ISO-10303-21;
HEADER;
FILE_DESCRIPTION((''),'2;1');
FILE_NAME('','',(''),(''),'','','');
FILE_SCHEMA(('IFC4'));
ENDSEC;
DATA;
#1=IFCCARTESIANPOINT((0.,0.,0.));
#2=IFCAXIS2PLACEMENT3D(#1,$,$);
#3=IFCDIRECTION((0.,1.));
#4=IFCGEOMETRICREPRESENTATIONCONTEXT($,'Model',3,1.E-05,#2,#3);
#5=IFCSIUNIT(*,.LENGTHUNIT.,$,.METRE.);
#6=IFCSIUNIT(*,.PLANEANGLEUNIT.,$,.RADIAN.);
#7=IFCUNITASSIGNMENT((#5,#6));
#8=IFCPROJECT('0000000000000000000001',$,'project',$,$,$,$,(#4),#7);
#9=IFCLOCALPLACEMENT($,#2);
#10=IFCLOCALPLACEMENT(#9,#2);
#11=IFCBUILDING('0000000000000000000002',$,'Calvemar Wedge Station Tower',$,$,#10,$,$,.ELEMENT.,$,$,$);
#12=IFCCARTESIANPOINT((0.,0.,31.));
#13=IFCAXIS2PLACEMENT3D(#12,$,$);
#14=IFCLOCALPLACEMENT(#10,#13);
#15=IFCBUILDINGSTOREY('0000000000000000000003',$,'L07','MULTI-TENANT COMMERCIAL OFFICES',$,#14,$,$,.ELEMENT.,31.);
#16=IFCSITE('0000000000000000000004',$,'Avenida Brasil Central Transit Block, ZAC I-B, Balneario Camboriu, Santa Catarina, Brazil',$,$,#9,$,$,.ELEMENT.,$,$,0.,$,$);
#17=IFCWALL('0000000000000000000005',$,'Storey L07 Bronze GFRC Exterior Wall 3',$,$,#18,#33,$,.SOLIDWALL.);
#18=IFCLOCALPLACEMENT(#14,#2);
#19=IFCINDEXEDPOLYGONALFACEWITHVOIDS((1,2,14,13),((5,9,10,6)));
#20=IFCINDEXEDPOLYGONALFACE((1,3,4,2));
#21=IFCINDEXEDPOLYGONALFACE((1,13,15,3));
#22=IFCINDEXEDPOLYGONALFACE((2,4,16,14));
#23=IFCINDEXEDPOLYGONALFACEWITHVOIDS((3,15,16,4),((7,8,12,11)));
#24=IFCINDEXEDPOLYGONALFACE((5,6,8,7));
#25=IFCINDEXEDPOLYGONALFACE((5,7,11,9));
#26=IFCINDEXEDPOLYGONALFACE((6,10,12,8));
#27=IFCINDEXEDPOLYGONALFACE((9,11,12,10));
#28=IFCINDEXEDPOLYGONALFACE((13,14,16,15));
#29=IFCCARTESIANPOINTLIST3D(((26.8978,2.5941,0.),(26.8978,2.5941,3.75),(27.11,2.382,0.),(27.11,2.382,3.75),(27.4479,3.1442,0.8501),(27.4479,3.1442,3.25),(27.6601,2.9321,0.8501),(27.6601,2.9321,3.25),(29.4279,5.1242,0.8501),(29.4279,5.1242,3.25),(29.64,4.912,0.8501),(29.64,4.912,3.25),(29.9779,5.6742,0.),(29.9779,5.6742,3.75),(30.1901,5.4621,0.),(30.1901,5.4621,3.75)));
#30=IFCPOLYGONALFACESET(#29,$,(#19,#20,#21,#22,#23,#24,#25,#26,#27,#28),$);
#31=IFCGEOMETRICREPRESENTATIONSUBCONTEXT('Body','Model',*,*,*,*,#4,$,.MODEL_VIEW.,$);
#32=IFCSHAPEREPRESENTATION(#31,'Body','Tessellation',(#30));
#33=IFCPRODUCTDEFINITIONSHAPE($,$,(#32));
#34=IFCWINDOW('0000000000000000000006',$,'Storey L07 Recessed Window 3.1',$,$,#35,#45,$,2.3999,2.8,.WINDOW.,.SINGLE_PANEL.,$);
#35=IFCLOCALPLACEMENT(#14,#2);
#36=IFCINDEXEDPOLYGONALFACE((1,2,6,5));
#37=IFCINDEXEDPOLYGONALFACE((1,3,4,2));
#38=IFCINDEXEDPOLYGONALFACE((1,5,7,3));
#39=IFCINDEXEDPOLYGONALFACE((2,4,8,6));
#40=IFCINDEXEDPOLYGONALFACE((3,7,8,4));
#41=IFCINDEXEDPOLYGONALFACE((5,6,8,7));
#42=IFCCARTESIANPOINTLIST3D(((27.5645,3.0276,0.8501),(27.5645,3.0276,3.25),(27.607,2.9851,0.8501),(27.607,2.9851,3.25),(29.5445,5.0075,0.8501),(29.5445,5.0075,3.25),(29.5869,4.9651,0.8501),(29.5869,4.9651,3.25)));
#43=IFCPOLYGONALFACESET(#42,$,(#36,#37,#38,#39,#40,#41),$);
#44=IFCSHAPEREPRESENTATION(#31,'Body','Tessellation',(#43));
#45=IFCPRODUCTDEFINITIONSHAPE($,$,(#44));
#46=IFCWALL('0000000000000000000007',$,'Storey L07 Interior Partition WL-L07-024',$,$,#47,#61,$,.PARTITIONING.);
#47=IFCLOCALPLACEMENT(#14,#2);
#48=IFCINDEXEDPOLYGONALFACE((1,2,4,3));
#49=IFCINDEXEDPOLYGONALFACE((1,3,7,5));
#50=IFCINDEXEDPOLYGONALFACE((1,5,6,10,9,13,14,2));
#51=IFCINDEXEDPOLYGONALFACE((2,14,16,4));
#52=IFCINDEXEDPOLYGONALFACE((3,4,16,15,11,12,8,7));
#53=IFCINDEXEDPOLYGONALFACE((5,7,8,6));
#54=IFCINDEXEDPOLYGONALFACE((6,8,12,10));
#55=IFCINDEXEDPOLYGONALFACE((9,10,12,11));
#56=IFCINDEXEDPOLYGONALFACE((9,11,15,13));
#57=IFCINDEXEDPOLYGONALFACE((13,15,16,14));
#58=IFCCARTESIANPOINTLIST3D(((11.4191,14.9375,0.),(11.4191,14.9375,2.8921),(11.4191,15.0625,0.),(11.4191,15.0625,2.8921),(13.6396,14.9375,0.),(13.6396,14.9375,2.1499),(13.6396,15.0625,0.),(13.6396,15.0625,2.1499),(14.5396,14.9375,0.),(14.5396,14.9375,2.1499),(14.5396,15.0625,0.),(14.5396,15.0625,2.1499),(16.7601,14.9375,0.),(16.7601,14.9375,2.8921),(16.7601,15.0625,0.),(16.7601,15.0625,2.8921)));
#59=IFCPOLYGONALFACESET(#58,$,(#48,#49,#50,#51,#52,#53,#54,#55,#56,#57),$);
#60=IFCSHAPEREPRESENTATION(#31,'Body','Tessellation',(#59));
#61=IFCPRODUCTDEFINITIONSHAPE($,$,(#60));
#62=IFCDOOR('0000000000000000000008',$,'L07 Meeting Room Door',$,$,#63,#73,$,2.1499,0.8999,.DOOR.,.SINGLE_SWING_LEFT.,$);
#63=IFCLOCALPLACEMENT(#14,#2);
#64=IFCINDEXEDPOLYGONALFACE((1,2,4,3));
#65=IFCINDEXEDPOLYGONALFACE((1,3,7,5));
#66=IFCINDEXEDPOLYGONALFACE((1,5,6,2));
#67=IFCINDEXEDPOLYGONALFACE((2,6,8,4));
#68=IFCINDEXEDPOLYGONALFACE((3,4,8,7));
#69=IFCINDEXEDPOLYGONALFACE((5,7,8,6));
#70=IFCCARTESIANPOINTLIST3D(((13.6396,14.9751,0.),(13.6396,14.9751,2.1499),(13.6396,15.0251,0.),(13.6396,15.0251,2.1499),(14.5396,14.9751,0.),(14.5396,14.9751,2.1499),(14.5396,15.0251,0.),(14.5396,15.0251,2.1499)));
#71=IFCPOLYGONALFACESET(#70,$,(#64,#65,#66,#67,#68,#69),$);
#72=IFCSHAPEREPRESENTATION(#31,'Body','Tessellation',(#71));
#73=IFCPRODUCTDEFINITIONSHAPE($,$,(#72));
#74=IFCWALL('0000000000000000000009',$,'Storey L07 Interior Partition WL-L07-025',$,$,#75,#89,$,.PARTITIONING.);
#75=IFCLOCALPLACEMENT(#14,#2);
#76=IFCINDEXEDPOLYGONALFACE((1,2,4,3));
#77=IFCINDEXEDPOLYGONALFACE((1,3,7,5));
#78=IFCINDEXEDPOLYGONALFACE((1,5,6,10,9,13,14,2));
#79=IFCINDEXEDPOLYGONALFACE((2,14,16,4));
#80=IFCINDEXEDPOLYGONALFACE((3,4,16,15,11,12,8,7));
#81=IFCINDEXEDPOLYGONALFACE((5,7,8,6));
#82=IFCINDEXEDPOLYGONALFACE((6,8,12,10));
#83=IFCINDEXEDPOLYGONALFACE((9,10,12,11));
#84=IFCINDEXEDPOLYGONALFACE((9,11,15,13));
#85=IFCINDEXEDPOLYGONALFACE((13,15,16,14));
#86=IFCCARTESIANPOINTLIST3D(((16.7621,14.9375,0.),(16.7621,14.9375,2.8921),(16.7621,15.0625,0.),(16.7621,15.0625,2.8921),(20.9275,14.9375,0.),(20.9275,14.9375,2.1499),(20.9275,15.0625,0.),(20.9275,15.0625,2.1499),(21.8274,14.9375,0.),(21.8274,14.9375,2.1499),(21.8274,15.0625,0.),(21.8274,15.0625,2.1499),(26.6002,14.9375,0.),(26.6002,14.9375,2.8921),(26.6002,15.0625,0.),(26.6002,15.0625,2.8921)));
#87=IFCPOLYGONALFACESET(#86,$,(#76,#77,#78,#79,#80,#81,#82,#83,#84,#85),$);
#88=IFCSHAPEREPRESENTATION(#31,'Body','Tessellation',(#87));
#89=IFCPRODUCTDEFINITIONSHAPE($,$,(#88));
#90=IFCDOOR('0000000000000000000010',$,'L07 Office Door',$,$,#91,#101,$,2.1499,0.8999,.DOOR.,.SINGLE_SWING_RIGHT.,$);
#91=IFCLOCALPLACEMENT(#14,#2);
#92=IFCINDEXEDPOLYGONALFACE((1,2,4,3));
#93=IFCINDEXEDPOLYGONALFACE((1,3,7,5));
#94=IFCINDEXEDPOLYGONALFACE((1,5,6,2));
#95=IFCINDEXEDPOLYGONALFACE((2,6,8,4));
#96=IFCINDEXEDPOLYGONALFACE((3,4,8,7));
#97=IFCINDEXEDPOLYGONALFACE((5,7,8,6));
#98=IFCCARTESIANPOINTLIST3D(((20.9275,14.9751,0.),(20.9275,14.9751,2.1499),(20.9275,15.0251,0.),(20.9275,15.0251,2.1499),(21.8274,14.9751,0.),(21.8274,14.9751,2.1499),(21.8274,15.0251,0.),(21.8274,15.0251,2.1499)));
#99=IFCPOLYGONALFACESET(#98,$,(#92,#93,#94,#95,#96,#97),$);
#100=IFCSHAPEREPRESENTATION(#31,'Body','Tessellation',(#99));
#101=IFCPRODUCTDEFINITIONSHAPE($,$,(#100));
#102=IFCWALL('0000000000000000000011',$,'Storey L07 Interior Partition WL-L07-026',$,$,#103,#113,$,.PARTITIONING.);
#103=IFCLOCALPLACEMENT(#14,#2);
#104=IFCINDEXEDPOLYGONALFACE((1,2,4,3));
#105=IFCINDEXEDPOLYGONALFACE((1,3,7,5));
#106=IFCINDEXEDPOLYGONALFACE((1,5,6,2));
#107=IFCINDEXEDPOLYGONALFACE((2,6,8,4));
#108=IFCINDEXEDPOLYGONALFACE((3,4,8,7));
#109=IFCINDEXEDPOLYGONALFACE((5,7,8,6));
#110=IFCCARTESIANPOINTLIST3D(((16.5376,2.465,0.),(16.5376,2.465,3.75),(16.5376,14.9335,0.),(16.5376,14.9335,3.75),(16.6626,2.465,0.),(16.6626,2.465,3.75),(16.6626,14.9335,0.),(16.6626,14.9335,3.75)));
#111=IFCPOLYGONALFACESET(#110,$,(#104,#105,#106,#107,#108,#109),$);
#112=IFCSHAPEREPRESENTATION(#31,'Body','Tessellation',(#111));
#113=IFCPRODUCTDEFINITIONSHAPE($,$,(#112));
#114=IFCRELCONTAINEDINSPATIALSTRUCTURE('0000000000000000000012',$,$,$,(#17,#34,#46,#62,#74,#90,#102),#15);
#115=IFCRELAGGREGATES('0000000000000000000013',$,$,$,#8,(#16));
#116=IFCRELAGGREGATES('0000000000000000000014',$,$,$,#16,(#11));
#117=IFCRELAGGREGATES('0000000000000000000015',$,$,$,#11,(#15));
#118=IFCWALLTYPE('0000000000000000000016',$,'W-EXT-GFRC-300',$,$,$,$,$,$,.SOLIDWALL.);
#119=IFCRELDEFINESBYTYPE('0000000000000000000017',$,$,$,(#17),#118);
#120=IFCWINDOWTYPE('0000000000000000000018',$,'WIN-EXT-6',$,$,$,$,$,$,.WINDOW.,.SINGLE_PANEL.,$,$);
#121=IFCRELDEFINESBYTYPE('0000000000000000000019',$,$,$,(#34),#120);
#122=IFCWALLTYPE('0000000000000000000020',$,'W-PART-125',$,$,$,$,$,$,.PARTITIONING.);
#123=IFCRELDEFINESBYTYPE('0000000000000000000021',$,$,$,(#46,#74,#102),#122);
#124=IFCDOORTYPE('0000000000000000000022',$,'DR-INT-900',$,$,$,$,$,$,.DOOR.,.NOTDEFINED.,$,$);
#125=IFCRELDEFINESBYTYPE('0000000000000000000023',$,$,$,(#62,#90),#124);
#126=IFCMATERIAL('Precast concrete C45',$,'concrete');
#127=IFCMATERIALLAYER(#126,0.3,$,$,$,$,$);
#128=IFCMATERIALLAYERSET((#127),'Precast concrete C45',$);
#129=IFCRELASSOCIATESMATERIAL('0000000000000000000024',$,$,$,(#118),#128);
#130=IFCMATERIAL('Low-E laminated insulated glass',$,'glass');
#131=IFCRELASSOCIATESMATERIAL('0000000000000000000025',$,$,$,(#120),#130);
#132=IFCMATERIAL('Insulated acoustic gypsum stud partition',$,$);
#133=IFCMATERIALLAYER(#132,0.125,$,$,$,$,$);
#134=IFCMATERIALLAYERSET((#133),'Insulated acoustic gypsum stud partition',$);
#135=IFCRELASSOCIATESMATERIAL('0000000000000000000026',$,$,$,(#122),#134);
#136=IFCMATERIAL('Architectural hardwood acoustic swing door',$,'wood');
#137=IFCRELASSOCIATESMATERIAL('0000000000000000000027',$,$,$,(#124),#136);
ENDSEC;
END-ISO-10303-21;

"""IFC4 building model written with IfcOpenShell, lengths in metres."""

from ifc_helpers import new_model, si_unit, direction, frame, frame_2d, origin, place, context, subcontext, project, spatial, rectangle, extrude, source, transform, mapped, material, layer, layer_set, type_object, element, fill, save


model = new_model("IFC4")

# Units and contexts
model_context = context("Model", 3, precision=1e-05, world=origin(), true_north=direction((0.0, 1.0)))
body_context = subcontext(model_context, "Body", "Model", "MODEL_VIEW")
ifc_project = project(units=[si_unit("LENGTHUNIT", "METRE"), si_unit("PLANEANGLEUNIT", "RADIAN")], contexts=[model_context])

# Site, building, storey
site_placement = place(None, origin())
site = spatial("IfcSite", under=ifc_project, at=site_placement, Name="Avenida Brasil Central Transit Block, ZAC I-B, Balneario Camboriu, Santa Catarina, Brazil", CompositionType="ELEMENT", RefElevation=0.0)
building_placement = place(site_placement, origin())
building = spatial("IfcBuilding", under=site, at=building_placement, Name="Calvemar Wedge Station Tower", CompositionType="ELEMENT")
storey_placement = place(building_placement, frame((0.0, 0.0, 31.0)))
storey = spatial("IfcBuildingStorey", under=building, at=storey_placement, Name="L07", Description="MULTI-TENANT COMMERCIAL OFFICES", CompositionType="ELEMENT", Elevation=31.0)

# Shared definitions
ifc_material_1 = material(Name="Precast concrete C45", Category="concrete")
ifc_layer_1 = layer(ifc_material_1, 0.3)
ifc_layer_set_1 = layer_set([ifc_layer_1], Name="Precast concrete C45")
wall_type_1 = type_object("IfcWallType", Name="W-EXT-GFRC-300", PredefinedType="SOLIDWALL", material=ifc_layer_set_1)
shared_shape_1 = source(origin(), body_context, "Body", "SweptSolid", [
    extrude(rectangle(XDim=2.8, YDim=2.3999, at=frame_2d((1.3999, 1.2))), frame((0.0, 0.1602, 0.0), z_axis=(0.0, -1.0, 0.0), x_axis=(1.0, 0.0, 0.0)), (0.0, 0.0, 1.0), 0.3201),
])
ifc_material_2 = material(Name="Low-E laminated insulated glass", Category="glass")
window_type_1 = type_object("IfcWindowType", Name="WIN-EXT-6", PartitioningType="SINGLE_PANEL", PredefinedType="WINDOW", material=ifc_material_2)
shared_shape_2 = source(origin(), body_context, "Body", "SweptSolid", [
    extrude(rectangle(XDim=2.8, YDim=2.3999, at=frame_2d((1.3999, 1.2))), frame((0.0, -0.0149, 0.0), z_axis=(0.0, -1.0, 0.0), x_axis=(1.0, 0.0, 0.0)), (0.0, 0.0, 1.0), 0.0601),
])

# Wall, opening, window
wall_1_placement = place(storey_placement, frame((27.0039, 2.488, 0.0), z_axis=(0.0, 0.0, 1.0), x_axis=(0.707107, 0.707107, 0.0)))
wall_1 = element("IfcWall", 1, at=wall_1_placement, inside=storey, type_object=wall_type_1, Name="Storey L07 Bronze GFRC Exterior Wall 3", PredefinedType="SOLIDWALL", context=body_context, shape_type="SweptSolid", body=[
    extrude(rectangle(XDim=4.356, YDim=0.3, at=frame_2d((2.178, 0.0))), origin(), (0.0, 0.0, 1.0), 3.75),
])
opening_1_placement = place(wall_1_placement, frame((0.7781, 0.0, 0.8501)))
opening_1 = element("IfcOpeningElement", 2, at=opening_1_placement, cuts=wall_1, PredefinedType="OPENING", context=body_context, shape_type="MappedRepresentation", body=[
    mapped(shared_shape_1, transform((0.0, 0.0, 0.0), scale=1.0)),
])
window_1_placement = place(opening_1_placement, origin())
window_1 = element("IfcWindow", 3, at=window_1_placement, inside=storey, type_object=window_type_1, Name="Storey L07 Recessed Window 3.1", OverallHeight=2.3999, OverallWidth=2.8, PartitioningType="SINGLE_PANEL", PredefinedType="WINDOW", context=body_context, shape_type="MappedRepresentation", body=[
    mapped(shared_shape_2, transform((0.0, 0.0, 0.0), scale=1.0)),
])
fill(opening_1, window_1)

# Walls, openings, doors
ifc_material_3 = material(Name="Insulated acoustic gypsum stud partition")
ifc_layer_2 = layer(ifc_material_3, 0.125)
ifc_layer_set_2 = layer_set([ifc_layer_2], Name="Insulated acoustic gypsum stud partition")
wall_type_2 = type_object("IfcWallType", Name="W-PART-125", PredefinedType="PARTITIONING", material=ifc_layer_set_2)
wall_2_placement = place(storey_placement, frame((16.76, 15.0, 0.0), z_axis=(0.0, 0.0, 1.0), x_axis=(-1.0, 0.0, 0.0)))
wall_2 = element("IfcWall", 4, at=wall_2_placement, inside=storey, type_object=wall_type_2, Name="Storey L07 Interior Partition WL-L07-024", PredefinedType="PARTITIONING", context=body_context, shape_type="SweptSolid", body=[
    extrude(rectangle(XDim=5.3411, YDim=0.125, at=frame_2d((2.6704, 0.0))), origin(), (0.0, 0.0, 1.0), 2.8921),
])
shared_shape_3 = source(origin(), body_context, "Body", "SweptSolid", [
    extrude(rectangle(XDim=0.8999, YDim=2.1499, at=frame_2d((0.45, 1.075))), frame((0.0, 0.0725, 0.0), z_axis=(0.0, -1.0, 0.0), x_axis=(1.0, 0.0, 0.0)), (0.0, 0.0, 1.0), 0.145),
])
opening_2_placement = place(wall_2_placement, frame((2.2205, 0.0, 0.0)))
opening_2 = element("IfcOpeningElement", 5, at=opening_2_placement, cuts=wall_2, PredefinedType="OPENING", context=body_context, shape_type="MappedRepresentation", body=[
    mapped(shared_shape_3, transform((0.0, 0.0, 0.0), scale=1.0)),
])
ifc_material_4 = material(Name="Architectural hardwood acoustic swing door", Category="wood")
door_type = type_object("IfcDoorType", Name="DR-INT-900", OperationType="NOTDEFINED", PredefinedType="DOOR", material=ifc_material_4)
shared_shape_4 = source(origin(), body_context, "Body", "SweptSolid", [
    extrude(rectangle(XDim=0.8999, YDim=2.1499, at=frame_2d((0.45, 1.075))), frame((0.0, 0.0249, 0.0), z_axis=(0.0, -1.0, 0.0), x_axis=(1.0, 0.0, 0.0)), (0.0, 0.0, 1.0), 0.05),
])
door_1_placement = place(opening_2_placement, origin())
door_1 = element("IfcDoor", 6, at=door_1_placement, inside=storey, type_object=door_type, Name="L07 Meeting Room Door", OperationType="SINGLE_SWING_LEFT", OverallHeight=2.1499, OverallWidth=0.8999, PredefinedType="DOOR", context=body_context, shape_type="MappedRepresentation", body=[
    mapped(shared_shape_4, transform((0.0, 0.0, 0.0), scale=1.0)),
])
fill(opening_2, door_1)
wall_3_placement = place(storey_placement, frame((26.6001, 15.0, 0.0), z_axis=(0.0, 0.0, 1.0), x_axis=(-1.0, 0.0, 0.0)))
wall_3 = element("IfcWall", 7, at=wall_3_placement, inside=storey, type_object=wall_type_2, Name="Storey L07 Interior Partition WL-L07-025", PredefinedType="PARTITIONING", context=body_context, shape_type="SweptSolid", body=[
    extrude(rectangle(XDim=9.8381, YDim=0.125, at=frame_2d((4.9189, 0.0))), origin(), (0.0, 0.0, 1.0), 2.8921),
])
opening_3_placement = place(wall_3_placement, frame((4.7727, 0.0, 0.0)))
opening_3 = element("IfcOpeningElement", 8, at=opening_3_placement, cuts=wall_3, PredefinedType="OPENING", context=body_context, shape_type="MappedRepresentation", body=[
    mapped(shared_shape_3, transform((0.0, 0.0, 0.0), scale=1.0)),
])
door_2_placement = place(opening_3_placement, origin())
door_2 = element("IfcDoor", 9, at=door_2_placement, inside=storey, type_object=door_type, Name="L07 Office Door", OperationType="SINGLE_SWING_RIGHT", OverallHeight=2.1499, OverallWidth=0.8999, PredefinedType="DOOR", context=body_context, shape_type="MappedRepresentation", body=[
    mapped(shared_shape_4, transform((0.0, 0.0, 0.0), scale=1.0)),
])
fill(opening_3, door_2)

# Wall
wall_4_placement = place(storey_placement, frame((16.6001, 14.9336, 0.0), z_axis=(0.0, 0.0, 1.0), x_axis=(0.0, -1.0, 0.0)))
element("IfcWall", 10, at=wall_4_placement, inside=storey, type_object=wall_type_2, Name="Storey L07 Interior Partition WL-L07-026", PredefinedType="PARTITIONING", context=body_context, shape_type="SweptSolid", body=[
    extrude(rectangle(XDim=12.4685, YDim=0.125, at=frame_2d((6.2344, 0.0))), origin(), (0.0, 0.0, 1.0), 3.75),
])

save(model, "model.ifc")
